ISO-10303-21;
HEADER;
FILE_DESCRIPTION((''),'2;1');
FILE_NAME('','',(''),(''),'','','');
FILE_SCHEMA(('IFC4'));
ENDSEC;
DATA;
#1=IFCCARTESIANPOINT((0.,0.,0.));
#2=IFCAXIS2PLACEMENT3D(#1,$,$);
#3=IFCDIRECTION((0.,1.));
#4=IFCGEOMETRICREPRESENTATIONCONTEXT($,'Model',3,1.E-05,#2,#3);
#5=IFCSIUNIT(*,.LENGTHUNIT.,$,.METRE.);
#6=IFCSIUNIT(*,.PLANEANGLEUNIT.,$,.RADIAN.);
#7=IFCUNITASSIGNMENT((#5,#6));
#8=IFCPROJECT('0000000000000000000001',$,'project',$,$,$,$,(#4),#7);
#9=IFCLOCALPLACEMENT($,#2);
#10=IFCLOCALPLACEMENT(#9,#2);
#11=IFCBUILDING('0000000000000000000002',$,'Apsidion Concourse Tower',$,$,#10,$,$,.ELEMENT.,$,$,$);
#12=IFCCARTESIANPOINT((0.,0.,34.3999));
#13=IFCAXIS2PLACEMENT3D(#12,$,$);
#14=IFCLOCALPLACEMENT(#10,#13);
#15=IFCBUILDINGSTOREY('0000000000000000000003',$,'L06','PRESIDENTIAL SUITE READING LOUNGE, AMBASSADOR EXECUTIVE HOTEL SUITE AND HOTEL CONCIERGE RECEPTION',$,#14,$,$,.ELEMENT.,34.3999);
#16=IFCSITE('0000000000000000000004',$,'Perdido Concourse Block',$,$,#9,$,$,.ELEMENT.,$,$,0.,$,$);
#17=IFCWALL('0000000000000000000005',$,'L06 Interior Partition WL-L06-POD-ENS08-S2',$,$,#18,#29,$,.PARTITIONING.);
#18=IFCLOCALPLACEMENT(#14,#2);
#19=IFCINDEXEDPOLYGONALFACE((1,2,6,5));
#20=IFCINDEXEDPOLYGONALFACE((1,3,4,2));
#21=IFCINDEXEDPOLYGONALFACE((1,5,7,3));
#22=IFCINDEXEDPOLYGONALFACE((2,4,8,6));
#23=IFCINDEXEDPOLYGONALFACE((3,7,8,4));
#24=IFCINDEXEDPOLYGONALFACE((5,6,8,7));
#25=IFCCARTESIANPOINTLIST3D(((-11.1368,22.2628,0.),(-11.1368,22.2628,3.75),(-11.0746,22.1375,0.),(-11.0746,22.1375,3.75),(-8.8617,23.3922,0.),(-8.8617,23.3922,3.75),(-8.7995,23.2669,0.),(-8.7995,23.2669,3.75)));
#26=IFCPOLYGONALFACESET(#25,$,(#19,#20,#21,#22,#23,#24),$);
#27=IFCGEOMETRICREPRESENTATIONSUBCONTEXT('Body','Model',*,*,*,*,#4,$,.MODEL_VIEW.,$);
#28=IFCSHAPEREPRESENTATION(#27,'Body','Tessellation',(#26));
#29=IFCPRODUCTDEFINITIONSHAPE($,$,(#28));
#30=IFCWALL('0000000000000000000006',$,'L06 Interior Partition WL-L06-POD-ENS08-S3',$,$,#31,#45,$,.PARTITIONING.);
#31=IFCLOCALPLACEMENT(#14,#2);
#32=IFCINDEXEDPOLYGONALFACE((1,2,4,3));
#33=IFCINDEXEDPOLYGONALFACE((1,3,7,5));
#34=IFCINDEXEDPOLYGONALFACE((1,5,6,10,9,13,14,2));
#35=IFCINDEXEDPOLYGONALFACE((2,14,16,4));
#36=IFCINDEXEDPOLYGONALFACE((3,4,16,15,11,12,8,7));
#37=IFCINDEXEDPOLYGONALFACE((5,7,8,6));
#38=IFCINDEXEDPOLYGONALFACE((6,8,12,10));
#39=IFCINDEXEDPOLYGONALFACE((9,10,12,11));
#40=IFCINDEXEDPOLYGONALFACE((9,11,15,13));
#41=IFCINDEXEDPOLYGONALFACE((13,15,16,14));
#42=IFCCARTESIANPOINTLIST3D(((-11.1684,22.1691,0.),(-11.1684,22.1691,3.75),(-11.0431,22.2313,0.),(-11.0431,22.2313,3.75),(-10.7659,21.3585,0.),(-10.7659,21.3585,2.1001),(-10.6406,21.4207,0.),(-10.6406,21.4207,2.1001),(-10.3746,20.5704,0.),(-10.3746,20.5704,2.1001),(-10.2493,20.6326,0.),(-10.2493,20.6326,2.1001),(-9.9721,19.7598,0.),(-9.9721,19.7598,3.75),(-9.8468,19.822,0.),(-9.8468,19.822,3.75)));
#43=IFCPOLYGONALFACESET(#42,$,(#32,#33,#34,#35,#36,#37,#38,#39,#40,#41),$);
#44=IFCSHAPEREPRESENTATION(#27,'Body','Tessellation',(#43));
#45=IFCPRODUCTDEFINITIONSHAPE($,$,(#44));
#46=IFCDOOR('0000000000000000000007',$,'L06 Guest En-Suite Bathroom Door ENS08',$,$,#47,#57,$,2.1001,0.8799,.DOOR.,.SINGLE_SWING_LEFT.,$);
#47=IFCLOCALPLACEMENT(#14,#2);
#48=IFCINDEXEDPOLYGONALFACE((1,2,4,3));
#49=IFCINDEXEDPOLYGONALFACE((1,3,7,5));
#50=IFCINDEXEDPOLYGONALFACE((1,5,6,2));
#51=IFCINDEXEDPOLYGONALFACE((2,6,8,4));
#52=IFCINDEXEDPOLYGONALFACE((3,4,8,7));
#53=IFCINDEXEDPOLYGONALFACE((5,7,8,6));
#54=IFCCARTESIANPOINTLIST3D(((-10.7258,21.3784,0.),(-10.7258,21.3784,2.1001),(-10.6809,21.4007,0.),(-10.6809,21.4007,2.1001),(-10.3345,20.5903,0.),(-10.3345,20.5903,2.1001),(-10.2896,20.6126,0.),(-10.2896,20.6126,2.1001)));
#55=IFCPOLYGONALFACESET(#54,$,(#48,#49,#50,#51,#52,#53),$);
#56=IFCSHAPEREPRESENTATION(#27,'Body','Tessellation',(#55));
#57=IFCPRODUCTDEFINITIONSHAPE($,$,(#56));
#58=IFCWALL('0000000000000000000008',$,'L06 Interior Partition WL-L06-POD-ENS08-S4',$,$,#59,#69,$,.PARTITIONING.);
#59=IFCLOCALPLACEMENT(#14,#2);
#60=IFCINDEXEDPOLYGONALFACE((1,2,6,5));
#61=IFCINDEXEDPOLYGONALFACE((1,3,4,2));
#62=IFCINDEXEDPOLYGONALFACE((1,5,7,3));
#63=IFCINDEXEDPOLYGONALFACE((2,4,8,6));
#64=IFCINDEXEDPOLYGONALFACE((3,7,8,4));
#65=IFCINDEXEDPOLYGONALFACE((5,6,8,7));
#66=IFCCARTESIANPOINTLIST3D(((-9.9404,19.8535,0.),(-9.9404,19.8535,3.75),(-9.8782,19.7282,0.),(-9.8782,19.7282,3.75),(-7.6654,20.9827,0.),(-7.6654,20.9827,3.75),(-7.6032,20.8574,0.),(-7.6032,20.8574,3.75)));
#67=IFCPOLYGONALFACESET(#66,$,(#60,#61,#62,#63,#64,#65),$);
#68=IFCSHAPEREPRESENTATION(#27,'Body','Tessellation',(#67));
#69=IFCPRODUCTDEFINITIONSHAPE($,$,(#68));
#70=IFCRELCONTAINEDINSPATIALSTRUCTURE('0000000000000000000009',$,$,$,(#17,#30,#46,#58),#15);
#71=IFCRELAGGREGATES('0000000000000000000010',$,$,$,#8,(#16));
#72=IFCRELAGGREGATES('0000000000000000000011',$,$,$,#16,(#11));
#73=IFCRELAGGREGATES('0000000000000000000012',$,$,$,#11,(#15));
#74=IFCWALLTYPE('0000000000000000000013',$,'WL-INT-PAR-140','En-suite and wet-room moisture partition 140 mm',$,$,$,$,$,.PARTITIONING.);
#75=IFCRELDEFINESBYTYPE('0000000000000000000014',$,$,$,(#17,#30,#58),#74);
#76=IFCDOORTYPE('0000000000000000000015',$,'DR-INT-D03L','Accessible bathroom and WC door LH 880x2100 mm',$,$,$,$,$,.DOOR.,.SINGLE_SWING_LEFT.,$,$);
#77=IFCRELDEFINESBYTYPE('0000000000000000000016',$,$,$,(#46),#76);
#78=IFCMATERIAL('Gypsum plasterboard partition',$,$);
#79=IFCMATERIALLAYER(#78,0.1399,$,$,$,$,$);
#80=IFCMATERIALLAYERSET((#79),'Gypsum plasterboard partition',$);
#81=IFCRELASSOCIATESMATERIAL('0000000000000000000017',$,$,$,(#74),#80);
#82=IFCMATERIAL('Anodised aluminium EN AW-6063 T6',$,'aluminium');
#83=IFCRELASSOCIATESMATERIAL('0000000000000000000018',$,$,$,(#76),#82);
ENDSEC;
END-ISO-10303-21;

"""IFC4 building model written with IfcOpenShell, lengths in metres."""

from ifc_helpers import new_model, si_unit, direction, frame, frame_2d, origin, place, context, subcontext, project, spatial, rectangle, extrude, material, layer, layer_set, type_object, element, fill, save


model = new_model("IFC4")

# Units and contexts
model_context = context("Model", 3, precision=1e-05, world=origin(), true_north=direction((0.0, 1.0)))
body_context = subcontext(model_context, "Body", "Model", "MODEL_VIEW")
ifc_project = project(units=[si_unit("LENGTHUNIT", "METRE"), si_unit("PLANEANGLEUNIT", "RADIAN")], contexts=[model_context])

# Site, building, storey
site_placement = place(None, origin())
site = spatial("IfcSite", under=ifc_project, at=site_placement, Name="Perdido Concourse Block", CompositionType="ELEMENT", RefElevation=0.0)
building_placement = place(site_placement, origin())
building = spatial("IfcBuilding", under=site, at=building_placement, Name="Apsidion Concourse Tower", CompositionType="ELEMENT")
storey_placement = place(building_placement, frame((0.0, 0.0, 34.3999)))
storey = spatial("IfcBuildingStorey", under=building, at=storey_placement, Name="L06", Description="PRESIDENTIAL SUITE READING LOUNGE, AMBASSADOR EXECUTIVE HOTEL SUITE AND HOTEL CONCIERGE RECEPTION", CompositionType="ELEMENT", Elevation=34.3999)

# Shared definitions
ifc_material_1 = material(Name="Gypsum plasterboard partition")
ifc_layer_1 = layer(ifc_material_1, 0.1399)
ifc_layer_set_1 = layer_set([ifc_layer_1], Name="Gypsum plasterboard partition")
wall_type_1 = type_object("IfcWallType", Name="WL-INT-PAR-140", Description="En-suite and wet-room moisture partition 140 mm", PredefinedType="PARTITIONING", material=ifc_layer_set_1)
ifc_material_2 = material(Name="Anodised aluminium EN AW-6063 T6", Category="aluminium")

# Wall
wall_1_placement = place(storey_placement, frame((-8.8306, 23.3296, 0.0), z_axis=(0.0, 0.0, 1.0), x_axis=(-0.895711, -0.444636, 0.0)))
element("IfcWall", 1, at=wall_1_placement, inside=storey, type_object=wall_type_1, Name="L06 Interior Partition WL-L06-POD-ENS08-S2", PredefinedType="PARTITIONING", context=body_context, shape_type="SweptSolid", body=[
    extrude(rectangle(XDim=2.54, YDim=0.1399, at=frame_2d((1.27, 0.0))), origin(), (0.0, 0.0, 1.0), 3.75),
])

# Wall, opening, door
wall_2_placement = place(storey_placement, frame((-11.1057, 22.2002, 0.0), z_axis=(0.0, 0.0, 1.0), x_axis=(0.444707, -0.895676, 0.0)))
wall_2 = element("IfcWall", 2, at=wall_2_placement, inside=storey, type_object=wall_type_1, Name="L06 Interior Partition WL-L06-POD-ENS08-S3", PredefinedType="PARTITIONING", context=body_context, shape_type="SweptSolid", body=[
    extrude(rectangle(XDim=2.6899, YDim=0.1399, at=frame_2d((1.345, 0.0))), origin(), (0.0, 0.0, 1.0), 3.75),
])
opening_1_placement = place(wall_2_placement, frame((0.905, 0.0, 0.0)))
opening_1 = element("IfcOpeningElement", 3, at=opening_1_placement, cuts=wall_2, PredefinedType="OPENING", context=body_context, shape_type="SweptSolid", body=[
    extrude(rectangle(XDim=0.8799, YDim=2.1001, at=frame_2d((0.4399, 1.05))), frame((0.0, 0.0801, 0.0), z_axis=(0.0, -1.0, 0.0), x_axis=(1.0, 0.0, 0.0)), (0.0, 0.0, 1.0), 0.1599),
])
door_type_1 = type_object("IfcDoorType", Name="DR-INT-D03L", Description="Accessible bathroom and WC door LH 880x2100 mm", OperationType="SINGLE_SWING_LEFT", PredefinedType="DOOR", material=ifc_material_2)
door_1_placement = place(opening_1_placement, origin())
door_1 = element("IfcDoor", 4, at=door_1_placement, inside=storey, type_object=door_type_1, Name="L06 Guest En-Suite Bathroom Door ENS08", OperationType="SINGLE_SWING_LEFT", OverallHeight=2.1001, OverallWidth=0.8799, PredefinedType="DOOR", context=body_context, shape_type="SweptSolid", body=[
    extrude(rectangle(XDim=0.8799, YDim=2.1001, at=frame_2d((0.4399, 1.05))), frame((0.0, 0.0249, 0.0), z_axis=(0.0, -1.0, 0.0), x_axis=(1.0, 0.0, 0.0)), (0.0, 0.0, 1.0), 0.05),
])
fill(opening_1, door_1)

# Wall
wall_3_placement = place(storey_placement, frame((-9.9094, 19.7908, 0.0), z_axis=(0.0, 0.0, 1.0), x_axis=(0.895731, 0.444597, 0.0)))
element("IfcWall", 5, at=wall_3_placement, inside=storey, type_object=wall_type_1, Name="L06 Interior Partition WL-L06-POD-ENS08-S4", PredefinedType="PARTITIONING", context=body_context, shape_type="SweptSolid", body=[
    extrude(rectangle(XDim=2.5398, YDim=0.1399, at=frame_2d((1.27, 0.0))), origin(), (0.0, 0.0, 1.0), 3.75),
])

save(model, "model.ifc")
